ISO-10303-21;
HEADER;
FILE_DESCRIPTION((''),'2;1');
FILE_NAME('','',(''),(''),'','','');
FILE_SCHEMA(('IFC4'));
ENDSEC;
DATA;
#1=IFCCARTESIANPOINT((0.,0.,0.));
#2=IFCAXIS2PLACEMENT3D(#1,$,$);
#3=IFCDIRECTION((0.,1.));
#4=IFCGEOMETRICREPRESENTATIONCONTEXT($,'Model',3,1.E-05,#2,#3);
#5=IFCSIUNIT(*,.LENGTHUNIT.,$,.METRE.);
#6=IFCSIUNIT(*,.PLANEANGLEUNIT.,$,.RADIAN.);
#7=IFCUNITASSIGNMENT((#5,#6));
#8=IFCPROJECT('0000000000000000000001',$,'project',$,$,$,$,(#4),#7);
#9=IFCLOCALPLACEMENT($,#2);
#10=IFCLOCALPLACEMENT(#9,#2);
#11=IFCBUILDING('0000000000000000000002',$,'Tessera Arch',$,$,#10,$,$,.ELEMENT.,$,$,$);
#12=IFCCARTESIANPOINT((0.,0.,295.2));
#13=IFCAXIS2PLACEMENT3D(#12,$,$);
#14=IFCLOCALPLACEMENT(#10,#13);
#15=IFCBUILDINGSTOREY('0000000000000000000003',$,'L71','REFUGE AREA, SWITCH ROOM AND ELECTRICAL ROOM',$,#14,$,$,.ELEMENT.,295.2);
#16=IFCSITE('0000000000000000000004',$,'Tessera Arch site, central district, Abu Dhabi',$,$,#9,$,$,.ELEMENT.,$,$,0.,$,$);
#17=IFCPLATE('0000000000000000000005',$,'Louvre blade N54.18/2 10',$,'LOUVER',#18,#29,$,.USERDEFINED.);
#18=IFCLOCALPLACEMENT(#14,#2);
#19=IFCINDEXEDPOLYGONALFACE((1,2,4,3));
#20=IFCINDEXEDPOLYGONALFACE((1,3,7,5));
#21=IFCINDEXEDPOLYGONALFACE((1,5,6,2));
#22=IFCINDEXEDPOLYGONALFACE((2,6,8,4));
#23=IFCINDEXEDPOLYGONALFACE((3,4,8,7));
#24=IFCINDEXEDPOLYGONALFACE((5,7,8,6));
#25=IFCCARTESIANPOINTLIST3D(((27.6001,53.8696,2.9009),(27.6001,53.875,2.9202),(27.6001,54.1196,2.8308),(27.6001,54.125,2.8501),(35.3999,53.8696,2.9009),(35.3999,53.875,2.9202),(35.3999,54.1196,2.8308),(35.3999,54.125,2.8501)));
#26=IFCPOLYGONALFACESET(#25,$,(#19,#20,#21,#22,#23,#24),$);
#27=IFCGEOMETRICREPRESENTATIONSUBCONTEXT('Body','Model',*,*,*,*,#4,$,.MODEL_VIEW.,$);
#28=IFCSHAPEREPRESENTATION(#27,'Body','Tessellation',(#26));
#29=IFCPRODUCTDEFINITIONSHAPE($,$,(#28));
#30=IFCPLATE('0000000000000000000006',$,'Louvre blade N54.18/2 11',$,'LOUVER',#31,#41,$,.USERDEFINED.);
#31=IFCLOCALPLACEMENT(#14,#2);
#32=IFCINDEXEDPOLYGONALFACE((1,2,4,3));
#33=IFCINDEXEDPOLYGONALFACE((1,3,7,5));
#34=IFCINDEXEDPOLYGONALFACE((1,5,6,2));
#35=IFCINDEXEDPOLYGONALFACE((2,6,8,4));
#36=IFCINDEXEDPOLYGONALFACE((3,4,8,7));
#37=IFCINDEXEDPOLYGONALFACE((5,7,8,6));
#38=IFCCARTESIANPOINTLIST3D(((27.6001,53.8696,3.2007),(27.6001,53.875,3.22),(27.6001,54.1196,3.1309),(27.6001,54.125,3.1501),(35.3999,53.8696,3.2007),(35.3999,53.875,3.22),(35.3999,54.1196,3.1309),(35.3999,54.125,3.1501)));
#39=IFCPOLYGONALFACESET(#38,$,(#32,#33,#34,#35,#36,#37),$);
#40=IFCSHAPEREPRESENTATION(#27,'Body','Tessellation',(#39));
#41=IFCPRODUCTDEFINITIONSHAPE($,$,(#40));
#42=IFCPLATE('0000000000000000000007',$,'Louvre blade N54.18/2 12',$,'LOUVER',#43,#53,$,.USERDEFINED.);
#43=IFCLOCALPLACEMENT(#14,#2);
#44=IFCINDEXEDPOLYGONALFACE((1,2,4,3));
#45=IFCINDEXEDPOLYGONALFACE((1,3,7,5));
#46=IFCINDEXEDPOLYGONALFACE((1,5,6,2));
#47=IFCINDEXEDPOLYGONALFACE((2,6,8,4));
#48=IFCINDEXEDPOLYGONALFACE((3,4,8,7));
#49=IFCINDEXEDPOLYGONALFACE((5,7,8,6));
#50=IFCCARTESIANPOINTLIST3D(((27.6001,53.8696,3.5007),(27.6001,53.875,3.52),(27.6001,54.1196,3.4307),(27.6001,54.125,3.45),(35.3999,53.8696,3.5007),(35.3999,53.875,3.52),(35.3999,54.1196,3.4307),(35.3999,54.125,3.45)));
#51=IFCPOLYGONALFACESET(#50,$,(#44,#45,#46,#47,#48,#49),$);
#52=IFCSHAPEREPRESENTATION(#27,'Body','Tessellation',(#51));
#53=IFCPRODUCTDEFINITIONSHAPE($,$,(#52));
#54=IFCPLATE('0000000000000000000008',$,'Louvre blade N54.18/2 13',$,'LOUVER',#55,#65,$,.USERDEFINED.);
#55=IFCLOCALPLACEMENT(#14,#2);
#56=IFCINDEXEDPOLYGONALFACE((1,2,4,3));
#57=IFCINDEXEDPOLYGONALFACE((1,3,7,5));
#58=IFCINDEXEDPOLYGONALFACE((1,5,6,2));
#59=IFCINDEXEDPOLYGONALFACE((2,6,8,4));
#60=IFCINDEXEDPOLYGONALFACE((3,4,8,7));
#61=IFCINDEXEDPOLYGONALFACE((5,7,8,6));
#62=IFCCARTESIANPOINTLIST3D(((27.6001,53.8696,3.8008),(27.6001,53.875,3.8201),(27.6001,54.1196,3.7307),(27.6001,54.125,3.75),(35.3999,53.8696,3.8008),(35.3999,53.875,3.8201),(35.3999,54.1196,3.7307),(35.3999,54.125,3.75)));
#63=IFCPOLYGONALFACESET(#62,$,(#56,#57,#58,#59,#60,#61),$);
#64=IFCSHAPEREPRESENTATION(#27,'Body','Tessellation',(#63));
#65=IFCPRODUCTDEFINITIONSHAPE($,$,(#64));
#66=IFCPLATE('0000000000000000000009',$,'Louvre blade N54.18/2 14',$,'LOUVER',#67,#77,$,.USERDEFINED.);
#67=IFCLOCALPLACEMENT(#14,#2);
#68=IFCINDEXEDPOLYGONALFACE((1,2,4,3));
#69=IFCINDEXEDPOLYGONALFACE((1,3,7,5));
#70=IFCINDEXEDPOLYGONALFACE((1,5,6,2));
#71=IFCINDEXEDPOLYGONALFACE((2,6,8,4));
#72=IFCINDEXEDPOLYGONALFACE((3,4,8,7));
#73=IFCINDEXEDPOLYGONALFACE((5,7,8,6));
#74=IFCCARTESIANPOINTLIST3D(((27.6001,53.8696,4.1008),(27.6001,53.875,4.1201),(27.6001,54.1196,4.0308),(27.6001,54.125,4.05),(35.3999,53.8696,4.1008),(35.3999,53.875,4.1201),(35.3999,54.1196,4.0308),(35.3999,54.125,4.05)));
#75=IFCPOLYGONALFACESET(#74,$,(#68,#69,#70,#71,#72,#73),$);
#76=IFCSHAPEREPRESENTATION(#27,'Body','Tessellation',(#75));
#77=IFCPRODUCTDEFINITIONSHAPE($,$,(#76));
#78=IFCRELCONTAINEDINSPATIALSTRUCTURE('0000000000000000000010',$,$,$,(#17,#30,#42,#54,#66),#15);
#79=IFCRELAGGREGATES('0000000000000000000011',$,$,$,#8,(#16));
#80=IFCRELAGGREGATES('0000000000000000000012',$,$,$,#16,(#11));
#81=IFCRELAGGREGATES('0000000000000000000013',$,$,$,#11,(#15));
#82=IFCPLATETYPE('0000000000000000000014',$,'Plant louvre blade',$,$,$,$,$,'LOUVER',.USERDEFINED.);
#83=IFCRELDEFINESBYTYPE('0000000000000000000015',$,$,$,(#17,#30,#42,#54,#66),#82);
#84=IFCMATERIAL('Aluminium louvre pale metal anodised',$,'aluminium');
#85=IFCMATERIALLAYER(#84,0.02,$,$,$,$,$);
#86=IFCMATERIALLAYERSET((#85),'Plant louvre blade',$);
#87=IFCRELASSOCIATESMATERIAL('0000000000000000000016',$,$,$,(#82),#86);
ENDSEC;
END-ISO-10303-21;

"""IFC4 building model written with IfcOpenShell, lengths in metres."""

from ifc_helpers import new_model, si_unit, direction, frame, origin, place, context, subcontext, project, spatial, polyline, outline, extrude, material, layer, layer_set, type_object, element, save


model = new_model("IFC4")

# Units and contexts
model_context = context("Model", 3, precision=1e-05, world=origin(), true_north=direction((0.0, 1.0)))
body_context = subcontext(model_context, "Body", "Model", "MODEL_VIEW")
ifc_project = project(units=[si_unit("LENGTHUNIT", "METRE"), si_unit("PLANEANGLEUNIT", "RADIAN")], contexts=[model_context])

# Site, building, storey
site_placement = place(None, origin())
site = spatial("IfcSite", under=ifc_project, at=site_placement, Name="Tessera Arch site, central district, Abu Dhabi", CompositionType="ELEMENT", RefElevation=0.0)
building_placement = place(site_placement, origin())
building = spatial("IfcBuilding", under=site, at=building_placement, Name="Tessera Arch", CompositionType="ELEMENT")
storey_placement = place(building_placement, frame((0.0, 0.0, 295.2)))
storey = spatial("IfcBuildingStorey", under=building, at=storey_placement, Name="L71", Description="REFUGE AREA, SWITCH ROOM AND ELECTRICAL ROOM", CompositionType="ELEMENT", Elevation=295.2)

# Plates
ifc_material_1 = material(Name="Aluminium louvre pale metal anodised", Category="aluminium")
ifc_layer_1 = layer(ifc_material_1, 0.02)
ifc_layer_set_1 = layer_set([ifc_layer_1], Name="Plant louvre blade")
plate_type_1 = type_object("IfcPlateType", Name="Plant louvre blade", ElementType="LOUVER", PredefinedType="USERDEFINED", material=ifc_layer_set_1)
for number, where, z_axis, x_axis, name in (
    (1, (35.3999, 54.125, 2.8501), (0.0, 0.269874, 0.962896), (-1.0, 0.0, 0.0), "Louvre blade N54.18/2 10"),
):
    element("IfcPlate", number, at=place(storey_placement, frame(where, z_axis=z_axis, x_axis=x_axis)), inside=storey, type_object=plate_type_1, Name=name, ObjectType="LOUVER", PredefinedType="USERDEFINED", context=body_context, shape_type="SweptSolid", body=[
        extrude(outline(polyline([(0.0, 0.0), (7.7998, 0.0), (7.7998, 0.2596), (0.0, 0.2596), (0.0, 0.0)])), origin(), (0.0, 0.0, -1.0), 0.02),
    ])
plate_1_placement = place(storey_placement, frame((35.3999, 54.125, 3.1501), z_axis=(0.0, 0.269002, 0.96314), x_axis=(-1.0, 0.0, 0.0)))
element("IfcPlate", 2, at=plate_1_placement, inside=storey, type_object=plate_type_1, Name="Louvre blade N54.18/2 11", ObjectType="LOUVER", PredefinedType="USERDEFINED", context=body_context, shape_type="SweptSolid", body=[
    extrude(outline(polyline([(0.0, 0.0), (7.7998, 0.0), (7.7998, 0.2596), (0.0, 0.2596), (0.0, 0.0)])), origin(), (0.0, 0.0, -1.0), 0.02),
])
for number, where, z_axis, x_axis, name in (
    (3, (35.3999, 54.125, 3.45), (0.0, 0.269874, 0.962896), (-1.0, 0.0, 0.0), "Louvre blade N54.18/2 12"),
    (4, (35.3999, 54.125, 3.75), (0.0, 0.269874, 0.962896), (-1.0, 0.0, 0.0), "Louvre blade N54.18/2 13"),
    (5, (35.3999, 54.125, 4.05), (0.0, 0.269874, 0.962896), (-1.0, 0.0, 0.0), "Louvre blade N54.18/2 14"),
):
    element("IfcPlate", number, at=place(storey_placement, frame(where, z_axis=z_axis, x_axis=x_axis)), inside=storey, type_object=plate_type_1, Name=name, ObjectType="LOUVER", PredefinedType="USERDEFINED", context=body_context, shape_type="SweptSolid", body=[
        extrude(outline(polyline([(0.0, 0.0), (7.7998, 0.0), (7.7998, 0.2596), (0.0, 0.2596), (0.0, 0.0)])), origin(), (0.0, 0.0, -1.0), 0.02),
    ])

save(model, "model.ifc")
